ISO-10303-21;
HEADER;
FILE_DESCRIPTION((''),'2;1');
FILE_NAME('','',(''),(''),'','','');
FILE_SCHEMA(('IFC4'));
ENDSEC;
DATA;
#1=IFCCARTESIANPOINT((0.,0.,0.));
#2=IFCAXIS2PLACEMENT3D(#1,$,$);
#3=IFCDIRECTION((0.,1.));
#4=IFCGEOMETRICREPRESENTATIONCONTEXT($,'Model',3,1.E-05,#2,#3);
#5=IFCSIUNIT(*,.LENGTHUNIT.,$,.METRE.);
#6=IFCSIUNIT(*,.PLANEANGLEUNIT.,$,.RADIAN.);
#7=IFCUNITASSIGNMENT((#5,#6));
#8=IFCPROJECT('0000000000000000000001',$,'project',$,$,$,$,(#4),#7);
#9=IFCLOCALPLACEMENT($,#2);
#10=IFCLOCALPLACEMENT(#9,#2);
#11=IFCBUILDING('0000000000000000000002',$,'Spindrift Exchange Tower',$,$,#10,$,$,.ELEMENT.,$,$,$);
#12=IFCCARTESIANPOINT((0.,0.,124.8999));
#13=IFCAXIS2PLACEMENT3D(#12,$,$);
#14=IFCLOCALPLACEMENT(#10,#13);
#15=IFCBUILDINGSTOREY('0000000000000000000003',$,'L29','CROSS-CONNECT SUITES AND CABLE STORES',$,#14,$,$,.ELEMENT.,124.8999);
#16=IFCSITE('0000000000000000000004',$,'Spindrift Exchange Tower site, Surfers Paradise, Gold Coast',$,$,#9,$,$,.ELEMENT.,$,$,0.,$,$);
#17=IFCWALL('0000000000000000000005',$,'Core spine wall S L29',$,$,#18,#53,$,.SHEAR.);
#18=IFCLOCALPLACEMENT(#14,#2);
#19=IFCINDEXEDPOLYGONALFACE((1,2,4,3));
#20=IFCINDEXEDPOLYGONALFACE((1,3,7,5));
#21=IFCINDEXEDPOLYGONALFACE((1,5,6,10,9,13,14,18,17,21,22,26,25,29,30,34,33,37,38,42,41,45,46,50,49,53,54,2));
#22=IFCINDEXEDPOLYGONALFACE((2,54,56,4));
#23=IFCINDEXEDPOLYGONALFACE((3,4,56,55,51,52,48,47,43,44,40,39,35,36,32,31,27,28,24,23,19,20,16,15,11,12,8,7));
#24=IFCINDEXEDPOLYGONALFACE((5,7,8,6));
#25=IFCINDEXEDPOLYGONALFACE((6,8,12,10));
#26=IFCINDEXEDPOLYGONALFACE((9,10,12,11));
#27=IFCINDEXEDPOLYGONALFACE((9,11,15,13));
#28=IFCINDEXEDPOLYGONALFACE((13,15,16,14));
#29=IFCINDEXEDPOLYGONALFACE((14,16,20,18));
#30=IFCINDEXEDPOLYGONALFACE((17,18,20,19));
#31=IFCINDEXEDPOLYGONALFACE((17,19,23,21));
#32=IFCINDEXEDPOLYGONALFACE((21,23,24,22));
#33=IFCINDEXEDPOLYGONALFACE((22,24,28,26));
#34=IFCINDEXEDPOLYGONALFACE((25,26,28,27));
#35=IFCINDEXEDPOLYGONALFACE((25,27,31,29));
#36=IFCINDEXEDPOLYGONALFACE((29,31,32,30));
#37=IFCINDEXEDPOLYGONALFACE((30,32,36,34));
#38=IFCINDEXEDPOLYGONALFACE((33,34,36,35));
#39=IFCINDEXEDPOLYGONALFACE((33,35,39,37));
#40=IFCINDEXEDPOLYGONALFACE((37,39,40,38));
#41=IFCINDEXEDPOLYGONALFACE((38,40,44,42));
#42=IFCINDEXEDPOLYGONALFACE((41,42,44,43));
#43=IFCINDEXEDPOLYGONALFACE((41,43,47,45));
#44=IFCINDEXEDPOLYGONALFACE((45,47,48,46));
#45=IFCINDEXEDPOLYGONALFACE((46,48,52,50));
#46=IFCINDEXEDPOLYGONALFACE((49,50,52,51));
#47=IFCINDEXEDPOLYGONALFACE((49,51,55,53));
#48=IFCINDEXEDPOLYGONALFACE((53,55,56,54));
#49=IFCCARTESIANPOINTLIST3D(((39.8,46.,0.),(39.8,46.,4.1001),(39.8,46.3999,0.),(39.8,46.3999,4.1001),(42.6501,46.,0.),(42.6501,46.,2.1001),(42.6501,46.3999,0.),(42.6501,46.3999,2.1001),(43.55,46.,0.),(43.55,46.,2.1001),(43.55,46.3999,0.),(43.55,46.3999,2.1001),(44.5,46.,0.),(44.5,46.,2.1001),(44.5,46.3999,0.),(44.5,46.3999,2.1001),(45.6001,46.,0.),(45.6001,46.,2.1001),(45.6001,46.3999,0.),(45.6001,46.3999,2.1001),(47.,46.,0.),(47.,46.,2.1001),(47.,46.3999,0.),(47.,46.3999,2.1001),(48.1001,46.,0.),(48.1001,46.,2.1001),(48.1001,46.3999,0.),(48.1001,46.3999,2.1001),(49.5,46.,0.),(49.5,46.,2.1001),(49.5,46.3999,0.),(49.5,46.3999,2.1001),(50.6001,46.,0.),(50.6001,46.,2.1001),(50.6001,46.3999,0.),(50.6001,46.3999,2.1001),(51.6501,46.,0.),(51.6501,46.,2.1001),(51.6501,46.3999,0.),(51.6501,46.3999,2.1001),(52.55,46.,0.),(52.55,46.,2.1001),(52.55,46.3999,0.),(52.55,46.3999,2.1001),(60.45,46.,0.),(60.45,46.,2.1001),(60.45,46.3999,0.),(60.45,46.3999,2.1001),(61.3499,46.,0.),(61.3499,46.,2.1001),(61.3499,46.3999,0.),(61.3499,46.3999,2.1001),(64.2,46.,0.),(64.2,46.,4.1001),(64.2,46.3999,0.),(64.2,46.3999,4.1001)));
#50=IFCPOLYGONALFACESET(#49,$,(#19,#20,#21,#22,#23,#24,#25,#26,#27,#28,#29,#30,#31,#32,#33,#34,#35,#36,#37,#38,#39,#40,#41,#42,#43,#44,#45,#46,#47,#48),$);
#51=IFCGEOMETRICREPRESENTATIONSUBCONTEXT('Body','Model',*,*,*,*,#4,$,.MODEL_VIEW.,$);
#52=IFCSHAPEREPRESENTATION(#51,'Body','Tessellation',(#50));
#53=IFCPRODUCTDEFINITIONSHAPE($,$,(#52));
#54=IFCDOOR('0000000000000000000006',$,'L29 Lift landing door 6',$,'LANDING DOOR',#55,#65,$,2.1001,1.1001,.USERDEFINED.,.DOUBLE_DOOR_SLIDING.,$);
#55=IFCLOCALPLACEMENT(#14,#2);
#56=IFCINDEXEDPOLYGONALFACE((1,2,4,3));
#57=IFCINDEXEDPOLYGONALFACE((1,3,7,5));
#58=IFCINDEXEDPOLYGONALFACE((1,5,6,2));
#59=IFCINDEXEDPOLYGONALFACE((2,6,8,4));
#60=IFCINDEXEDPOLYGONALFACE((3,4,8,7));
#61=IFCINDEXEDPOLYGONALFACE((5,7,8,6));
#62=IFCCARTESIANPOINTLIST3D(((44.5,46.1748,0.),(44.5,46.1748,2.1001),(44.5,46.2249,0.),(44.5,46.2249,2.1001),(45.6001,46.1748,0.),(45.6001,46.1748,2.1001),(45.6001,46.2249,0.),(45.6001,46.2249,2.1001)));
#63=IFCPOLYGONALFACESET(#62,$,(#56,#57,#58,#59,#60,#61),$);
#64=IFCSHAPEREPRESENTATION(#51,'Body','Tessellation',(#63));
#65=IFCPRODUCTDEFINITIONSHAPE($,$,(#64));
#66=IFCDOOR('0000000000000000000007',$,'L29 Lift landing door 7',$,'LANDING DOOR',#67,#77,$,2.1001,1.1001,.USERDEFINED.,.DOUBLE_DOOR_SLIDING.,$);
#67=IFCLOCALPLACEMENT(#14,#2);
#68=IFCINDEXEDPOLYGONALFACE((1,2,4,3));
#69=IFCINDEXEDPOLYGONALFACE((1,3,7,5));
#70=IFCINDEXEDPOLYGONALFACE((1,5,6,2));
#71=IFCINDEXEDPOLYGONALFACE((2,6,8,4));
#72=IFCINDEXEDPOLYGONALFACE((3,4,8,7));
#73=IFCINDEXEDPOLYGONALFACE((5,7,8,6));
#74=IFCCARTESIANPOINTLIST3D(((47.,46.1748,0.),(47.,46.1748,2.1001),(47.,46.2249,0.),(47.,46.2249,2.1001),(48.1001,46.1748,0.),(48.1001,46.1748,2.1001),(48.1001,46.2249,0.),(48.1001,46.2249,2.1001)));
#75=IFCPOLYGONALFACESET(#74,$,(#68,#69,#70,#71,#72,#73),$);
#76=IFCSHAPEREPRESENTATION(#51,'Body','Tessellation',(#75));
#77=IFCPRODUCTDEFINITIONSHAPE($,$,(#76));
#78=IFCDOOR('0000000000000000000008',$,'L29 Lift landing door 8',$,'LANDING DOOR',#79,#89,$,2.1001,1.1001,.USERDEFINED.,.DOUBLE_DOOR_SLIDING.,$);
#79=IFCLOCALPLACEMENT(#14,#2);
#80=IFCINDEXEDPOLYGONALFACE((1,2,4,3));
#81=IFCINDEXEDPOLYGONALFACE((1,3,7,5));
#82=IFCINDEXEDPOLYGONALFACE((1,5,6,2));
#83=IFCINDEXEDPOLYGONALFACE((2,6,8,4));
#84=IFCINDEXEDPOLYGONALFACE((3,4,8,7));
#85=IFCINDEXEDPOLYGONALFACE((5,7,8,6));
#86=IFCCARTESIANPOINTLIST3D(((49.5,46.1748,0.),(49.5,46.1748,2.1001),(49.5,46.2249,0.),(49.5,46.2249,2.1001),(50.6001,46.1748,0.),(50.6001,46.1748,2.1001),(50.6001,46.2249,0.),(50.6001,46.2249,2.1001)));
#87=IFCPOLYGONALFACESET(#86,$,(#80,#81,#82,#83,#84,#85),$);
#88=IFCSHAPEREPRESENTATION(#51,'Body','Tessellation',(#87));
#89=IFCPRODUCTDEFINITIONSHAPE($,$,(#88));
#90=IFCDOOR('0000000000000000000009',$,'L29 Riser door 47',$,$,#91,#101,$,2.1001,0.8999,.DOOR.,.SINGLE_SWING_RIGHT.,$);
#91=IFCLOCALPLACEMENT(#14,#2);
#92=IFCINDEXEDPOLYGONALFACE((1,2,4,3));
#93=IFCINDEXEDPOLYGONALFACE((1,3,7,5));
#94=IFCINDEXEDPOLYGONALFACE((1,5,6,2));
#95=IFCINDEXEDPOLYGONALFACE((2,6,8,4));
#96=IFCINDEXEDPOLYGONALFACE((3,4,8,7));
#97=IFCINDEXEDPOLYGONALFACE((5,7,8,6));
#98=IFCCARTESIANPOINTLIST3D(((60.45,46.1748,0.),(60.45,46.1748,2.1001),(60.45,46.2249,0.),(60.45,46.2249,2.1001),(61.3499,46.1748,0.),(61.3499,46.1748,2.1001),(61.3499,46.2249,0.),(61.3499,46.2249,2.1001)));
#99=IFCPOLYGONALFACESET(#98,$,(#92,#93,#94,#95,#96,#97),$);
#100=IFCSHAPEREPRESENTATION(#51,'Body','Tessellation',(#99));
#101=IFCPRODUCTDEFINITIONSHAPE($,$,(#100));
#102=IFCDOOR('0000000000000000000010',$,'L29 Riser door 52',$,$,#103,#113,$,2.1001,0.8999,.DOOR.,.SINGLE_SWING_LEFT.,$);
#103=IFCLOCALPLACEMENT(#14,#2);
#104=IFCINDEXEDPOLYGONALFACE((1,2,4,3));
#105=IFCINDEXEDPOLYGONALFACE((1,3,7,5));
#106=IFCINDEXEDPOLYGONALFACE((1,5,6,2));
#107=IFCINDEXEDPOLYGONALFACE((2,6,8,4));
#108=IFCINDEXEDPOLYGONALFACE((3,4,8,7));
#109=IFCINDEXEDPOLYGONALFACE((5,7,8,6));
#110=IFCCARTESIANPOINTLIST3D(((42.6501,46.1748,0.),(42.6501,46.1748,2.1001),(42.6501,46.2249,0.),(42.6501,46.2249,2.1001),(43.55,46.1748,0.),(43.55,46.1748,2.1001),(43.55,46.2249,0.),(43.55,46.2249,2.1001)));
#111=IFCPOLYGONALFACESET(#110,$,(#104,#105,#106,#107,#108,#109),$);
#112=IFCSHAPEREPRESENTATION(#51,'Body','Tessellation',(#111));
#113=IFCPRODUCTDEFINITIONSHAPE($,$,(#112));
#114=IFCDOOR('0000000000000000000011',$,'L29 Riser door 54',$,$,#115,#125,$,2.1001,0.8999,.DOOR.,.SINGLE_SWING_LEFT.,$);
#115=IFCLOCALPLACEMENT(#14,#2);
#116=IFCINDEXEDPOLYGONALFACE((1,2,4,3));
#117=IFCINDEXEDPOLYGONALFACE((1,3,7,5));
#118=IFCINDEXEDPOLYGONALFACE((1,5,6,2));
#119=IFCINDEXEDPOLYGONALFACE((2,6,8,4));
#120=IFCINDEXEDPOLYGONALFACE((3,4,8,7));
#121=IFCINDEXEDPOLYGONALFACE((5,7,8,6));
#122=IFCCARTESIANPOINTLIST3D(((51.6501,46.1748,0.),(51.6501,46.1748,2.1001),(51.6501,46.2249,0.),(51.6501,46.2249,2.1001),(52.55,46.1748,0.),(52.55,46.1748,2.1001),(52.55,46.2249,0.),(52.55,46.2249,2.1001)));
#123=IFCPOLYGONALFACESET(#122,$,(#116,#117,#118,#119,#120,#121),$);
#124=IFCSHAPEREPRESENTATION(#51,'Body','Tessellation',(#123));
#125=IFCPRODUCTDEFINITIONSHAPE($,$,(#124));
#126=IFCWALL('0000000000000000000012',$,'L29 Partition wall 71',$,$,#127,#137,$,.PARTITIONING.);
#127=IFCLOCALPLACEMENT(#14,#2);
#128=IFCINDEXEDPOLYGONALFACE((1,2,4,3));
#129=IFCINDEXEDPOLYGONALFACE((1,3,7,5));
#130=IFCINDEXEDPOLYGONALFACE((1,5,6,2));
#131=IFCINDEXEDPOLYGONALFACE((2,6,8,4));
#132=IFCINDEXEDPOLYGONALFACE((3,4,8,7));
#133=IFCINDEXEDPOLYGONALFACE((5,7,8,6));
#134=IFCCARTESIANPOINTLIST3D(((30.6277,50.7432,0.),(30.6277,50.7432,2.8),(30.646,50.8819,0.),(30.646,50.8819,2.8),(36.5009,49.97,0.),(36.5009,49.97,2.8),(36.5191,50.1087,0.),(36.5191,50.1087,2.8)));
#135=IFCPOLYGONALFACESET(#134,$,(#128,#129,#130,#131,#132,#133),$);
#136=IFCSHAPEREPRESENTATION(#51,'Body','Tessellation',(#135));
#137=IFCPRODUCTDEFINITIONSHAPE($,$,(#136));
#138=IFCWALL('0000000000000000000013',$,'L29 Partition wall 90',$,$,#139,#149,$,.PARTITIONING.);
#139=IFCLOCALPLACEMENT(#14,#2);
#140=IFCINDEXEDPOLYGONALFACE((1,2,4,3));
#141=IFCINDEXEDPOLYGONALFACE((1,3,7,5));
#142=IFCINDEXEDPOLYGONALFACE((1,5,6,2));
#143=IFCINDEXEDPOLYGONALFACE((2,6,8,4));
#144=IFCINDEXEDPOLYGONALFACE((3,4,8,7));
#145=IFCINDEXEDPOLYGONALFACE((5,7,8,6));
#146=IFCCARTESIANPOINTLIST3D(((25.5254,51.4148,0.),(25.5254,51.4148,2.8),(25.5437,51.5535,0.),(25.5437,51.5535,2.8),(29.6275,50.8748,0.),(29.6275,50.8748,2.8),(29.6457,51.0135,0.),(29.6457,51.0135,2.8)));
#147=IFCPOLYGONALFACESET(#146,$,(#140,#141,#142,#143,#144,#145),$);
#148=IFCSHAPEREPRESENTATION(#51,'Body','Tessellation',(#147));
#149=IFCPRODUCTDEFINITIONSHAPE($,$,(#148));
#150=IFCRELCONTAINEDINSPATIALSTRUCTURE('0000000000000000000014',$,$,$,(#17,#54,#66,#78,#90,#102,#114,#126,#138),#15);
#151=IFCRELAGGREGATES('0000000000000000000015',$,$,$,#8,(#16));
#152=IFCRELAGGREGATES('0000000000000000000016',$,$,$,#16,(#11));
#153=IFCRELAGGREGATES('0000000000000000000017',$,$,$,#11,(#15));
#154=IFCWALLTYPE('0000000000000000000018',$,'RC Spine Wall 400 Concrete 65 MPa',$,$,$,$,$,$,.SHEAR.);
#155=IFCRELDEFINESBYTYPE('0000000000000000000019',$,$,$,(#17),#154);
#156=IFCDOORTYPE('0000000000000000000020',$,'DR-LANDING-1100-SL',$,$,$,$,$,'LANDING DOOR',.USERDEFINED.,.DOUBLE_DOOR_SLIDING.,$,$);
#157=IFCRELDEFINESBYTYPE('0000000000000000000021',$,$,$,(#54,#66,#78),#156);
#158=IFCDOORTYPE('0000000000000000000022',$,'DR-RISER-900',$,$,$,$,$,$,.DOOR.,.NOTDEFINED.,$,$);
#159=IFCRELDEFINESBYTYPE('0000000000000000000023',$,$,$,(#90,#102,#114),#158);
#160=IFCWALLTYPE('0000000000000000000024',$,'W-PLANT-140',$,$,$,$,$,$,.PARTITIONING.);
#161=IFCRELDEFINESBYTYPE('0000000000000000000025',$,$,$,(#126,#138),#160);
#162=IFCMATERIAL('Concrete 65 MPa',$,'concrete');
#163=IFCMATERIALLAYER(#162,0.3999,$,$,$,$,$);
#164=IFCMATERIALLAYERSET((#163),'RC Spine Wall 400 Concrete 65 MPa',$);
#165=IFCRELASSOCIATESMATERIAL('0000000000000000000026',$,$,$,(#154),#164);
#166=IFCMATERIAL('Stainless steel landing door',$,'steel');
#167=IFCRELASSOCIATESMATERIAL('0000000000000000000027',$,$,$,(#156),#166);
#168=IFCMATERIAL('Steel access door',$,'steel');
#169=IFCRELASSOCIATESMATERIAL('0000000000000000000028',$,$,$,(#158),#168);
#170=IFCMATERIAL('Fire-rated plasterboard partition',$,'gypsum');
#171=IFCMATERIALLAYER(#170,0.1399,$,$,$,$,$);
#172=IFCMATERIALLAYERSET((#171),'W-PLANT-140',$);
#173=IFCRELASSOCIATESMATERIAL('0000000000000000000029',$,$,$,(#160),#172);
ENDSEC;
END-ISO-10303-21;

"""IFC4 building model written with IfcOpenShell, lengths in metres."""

from ifc_helpers import new_model, si_unit, direction, frame, frame_2d, origin, place, context, subcontext, project, spatial, rectangle, extrude, source, transform, mapped, material, layer, layer_set, type_object, element, fill, save


model = new_model("IFC4")

# Units and contexts
model_context = context("Model", 3, precision=1e-05, world=origin(), true_north=direction((0.0, 1.0)))
body_context = subcontext(model_context, "Body", "Model", "MODEL_VIEW")
ifc_project = project(units=[si_unit("LENGTHUNIT", "METRE"), si_unit("PLANEANGLEUNIT", "RADIAN")], contexts=[model_context])

# Site, building, storey
site_placement = place(None, origin())
site = spatial("IfcSite", under=ifc_project, at=site_placement, Name="Spindrift Exchange Tower site, Surfers Paradise, Gold Coast", CompositionType="ELEMENT", RefElevation=0.0)
building_placement = place(site_placement, origin())
building = spatial("IfcBuilding", under=site, at=building_placement, Name="Spindrift Exchange Tower", CompositionType="ELEMENT")
storey_placement = place(building_placement, frame((0.0, 0.0, 124.8999)))
storey = spatial("IfcBuildingStorey", under=building, at=storey_placement, Name="L29", Description="CROSS-CONNECT SUITES AND CABLE STORES", CompositionType="ELEMENT", Elevation=124.8999)

# Shared definitions
ifc_material_1 = material(Name="Concrete 65 MPa", Category="concrete")

# Wall, openings, doors
ifc_layer_1 = layer(ifc_material_1, 0.3999)
ifc_layer_set_1 = layer_set([ifc_layer_1], Name="RC Spine Wall 400 Concrete 65 MPa")
wall_type_1 = type_object("IfcWallType", Name="RC Spine Wall 400 Concrete 65 MPa", PredefinedType="SHEAR", material=ifc_layer_set_1)
ifc_material_2 = material(Name="Stainless steel landing door", Category="steel")
door_type_1 = type_object("IfcDoorType", Name="DR-LANDING-1100-SL", ElementType="LANDING DOOR", OperationType="DOUBLE_DOOR_SLIDING", PredefinedType="USERDEFINED", material=ifc_material_2)
shared_shape_1 = source(origin(), body_context, "Body", "SweptSolid", [
    extrude(rectangle(XDim=1.1001, YDim=2.1001, at=frame_2d((0.55, 1.05))), frame((0.0, 0.0249, 0.0), z_axis=(0.0, -1.0, 0.0), x_axis=(1.0, 0.0, 0.0)), (0.0, 0.0, 1.0), 0.05),
])
ifc_material_3 = material(Name="Steel access door", Category="steel")
door_type_2 = type_object("IfcDoorType", Name="DR-RISER-900", OperationType="NOTDEFINED", PredefinedType="DOOR", material=ifc_material_3)
shared_shape_2 = source(origin(), body_context, "Body", "SweptSolid", [
    extrude(rectangle(XDim=0.8999, YDim=2.1001, at=frame_2d((0.45, 1.05))), frame((0.0, 0.0249, 0.0), z_axis=(0.0, -1.0, 0.0), x_axis=(1.0, 0.0, 0.0)), (0.0, 0.0, 1.0), 0.05),
])
wall_1_placement = place(storey_placement, frame((39.8, 46.2, 0.0), z_axis=(0.0, 0.0, 1.0), x_axis=(1.0, 0.0, 0.0)))
wall_1 = element("IfcWall", 1, at=wall_1_placement, inside=storey, type_object=wall_type_1, Name="Core spine wall S L29", PredefinedType="SHEAR", context=body_context, shape_type="SweptSolid", body=[
    extrude(rectangle(XDim=24.3999, YDim=0.3999, at=frame_2d((12.2, 0.0))), origin(), (0.0, 0.0, 1.0), 4.1001),
])
opening_1_placement = place(wall_1_placement, frame((4.7, 0.0, 0.0)))
opening_1 = element("IfcOpeningElement", 2, at=opening_1_placement, cuts=wall_1, PredefinedType="OPENING", context=body_context, shape_type="SweptSolid", body=[
    extrude(rectangle(XDim=1.1001, YDim=2.1001, at=frame_2d((0.55, 1.05))), frame((0.0, 0.21, 0.0), z_axis=(0.0, -1.0, 0.0), x_axis=(1.0, 0.0, 0.0)), (0.0, 0.0, 1.0), 0.4199),
])
opening_2_placement = place(wall_1_placement, frame((7.2, 0.0, 0.0)))
opening_2 = element("IfcOpeningElement", 3, at=opening_2_placement, cuts=wall_1, PredefinedType="OPENING", context=body_context, shape_type="SweptSolid", body=[
    extrude(rectangle(XDim=1.1001, YDim=2.1001, at=frame_2d((0.55, 1.05))), frame((0.0, 0.21, 0.0), z_axis=(0.0, -1.0, 0.0), x_axis=(1.0, 0.0, 0.0)), (0.0, 0.0, 1.0), 0.4199),
])
opening_3_placement = place(wall_1_placement, frame((9.7, 0.0, 0.0)))
opening_3 = element("IfcOpeningElement", 4, at=opening_3_placement, cuts=wall_1, PredefinedType="OPENING", context=body_context, shape_type="SweptSolid", body=[
    extrude(rectangle(XDim=1.1001, YDim=2.1001, at=frame_2d((0.55, 1.05))), frame((0.0, 0.21, 0.0), z_axis=(0.0, -1.0, 0.0), x_axis=(1.0, 0.0, 0.0)), (0.0, 0.0, 1.0), 0.4199),
])
opening_4_placement = place(wall_1_placement, frame((20.6499, 0.0, 0.0)))
opening_4 = element("IfcOpeningElement", 5, at=opening_4_placement, cuts=wall_1, PredefinedType="OPENING", context=body_context, shape_type="SweptSolid", body=[
    extrude(rectangle(XDim=0.8999, YDim=2.1001, at=frame_2d((0.45, 1.05))), frame((0.0, 0.21, 0.0), z_axis=(0.0, -1.0, 0.0), x_axis=(1.0, 0.0, 0.0)), (0.0, 0.0, 1.0), 0.4199),
])
opening_5_placement = place(wall_1_placement, frame((2.8501, 0.0, 0.0)))
opening_5 = element("IfcOpeningElement", 6, at=opening_5_placement, cuts=wall_1, PredefinedType="OPENING", context=body_context, shape_type="SweptSolid", body=[
    extrude(rectangle(XDim=0.8999, YDim=2.1001, at=frame_2d((0.45, 1.05))), frame((0.0, 0.21, 0.0), z_axis=(0.0, -1.0, 0.0), x_axis=(1.0, 0.0, 0.0)), (0.0, 0.0, 1.0), 0.4199),
])
opening_6_placement = place(wall_1_placement, frame((11.8501, 0.0, 0.0)))
opening_6 = element("IfcOpeningElement", 7, at=opening_6_placement, cuts=wall_1, PredefinedType="OPENING", context=body_context, shape_type="SweptSolid", body=[
    extrude(rectangle(XDim=0.8999, YDim=2.1001, at=frame_2d((0.45, 1.05))), frame((0.0, 0.21, 0.0), z_axis=(0.0, -1.0, 0.0), x_axis=(1.0, 0.0, 0.0)), (0.0, 0.0, 1.0), 0.4199),
])
door_1_placement = place(opening_1_placement, origin())
door_1 = element("IfcDoor", 8, at=door_1_placement, inside=storey, type_object=door_type_1, Name="L29 Lift landing door 6", ObjectType="LANDING DOOR", OperationType="DOUBLE_DOOR_SLIDING", OverallHeight=2.1001, OverallWidth=1.1001, PredefinedType="USERDEFINED", context=body_context, shape_type="MappedRepresentation", body=[
    mapped(shared_shape_1, transform((0.0, 0.0, 0.0), scale=1.0)),
])
fill(opening_1, door_1)
door_2_placement = place(opening_2_placement, origin())
door_2 = element("IfcDoor", 9, at=door_2_placement, inside=storey, type_object=door_type_1, Name="L29 Lift landing door 7", ObjectType="LANDING DOOR", OperationType="DOUBLE_DOOR_SLIDING", OverallHeight=2.1001, OverallWidth=1.1001, PredefinedType="USERDEFINED", context=body_context, shape_type="MappedRepresentation", body=[
    mapped(shared_shape_1, transform((0.0, 0.0, 0.0), scale=1.0)),
])
fill(opening_2, door_2)
door_3_placement = place(opening_3_placement, origin())
door_3 = element("IfcDoor", 10, at=door_3_placement, inside=storey, type_object=door_type_1, Name="L29 Lift landing door 8", ObjectType="LANDING DOOR", OperationType="DOUBLE_DOOR_SLIDING", OverallHeight=2.1001, OverallWidth=1.1001, PredefinedType="USERDEFINED", context=body_context, shape_type="MappedRepresentation", body=[
    mapped(shared_shape_1, transform((0.0, 0.0, 0.0), scale=1.0)),
])
fill(opening_3, door_3)
door_4_placement = place(opening_4_placement, origin())
door_4 = element("IfcDoor", 11, at=door_4_placement, inside=storey, type_object=door_type_2, Name="L29 Riser door 47", OperationType="SINGLE_SWING_RIGHT", OverallHeight=2.1001, OverallWidth=0.8999, PredefinedType="DOOR", context=body_context, shape_type="MappedRepresentation", body=[
    mapped(shared_shape_2, transform((0.0, 0.0, 0.0), scale=1.0)),
])
fill(opening_4, door_4)
door_5_placement = place(opening_5_placement, origin())
door_5 = element("IfcDoor", 12, at=door_5_placement, inside=storey, type_object=door_type_2, Name="L29 Riser door 52", OperationType="SINGLE_SWING_LEFT", OverallHeight=2.1001, OverallWidth=0.8999, PredefinedType="DOOR", context=body_context, shape_type="MappedRepresentation", body=[
    mapped(shared_shape_2, transform((0.0, 0.0, 0.0), scale=1.0)),
])
fill(opening_5, door_5)
door_6_placement = place(opening_6_placement, origin())
door_6 = element("IfcDoor", 13, at=door_6_placement, inside=storey, type_object=door_type_2, Name="L29 Riser door 54", OperationType="SINGLE_SWING_LEFT", OverallHeight=2.1001, OverallWidth=0.8999, PredefinedType="DOOR", context=body_context, shape_type="MappedRepresentation", body=[
    mapped(shared_shape_2, transform((0.0, 0.0, 0.0), scale=1.0)),
])
fill(opening_6, door_6)

# Walls
ifc_material_4 = material(Name="Fire-rated plasterboard partition", Category="gypsum")
ifc_layer_2 = layer(ifc_material_4, 0.1399)
ifc_layer_set_2 = layer_set([ifc_layer_2], Name="W-PLANT-140")
wall_type_2 = type_object("IfcWallType", Name="W-PLANT-140", PredefinedType="PARTITIONING", material=ifc_layer_set_2)
wall_2_placement = place(storey_placement, frame((36.51, 50.0393, 0.0), z_axis=(0.0, 0.0, 1.0), x_axis=(-0.991445, 0.130525, 0.0)))
element("IfcWall", 14, at=wall_2_placement, inside=storey, type_object=wall_type_2, Name="L29 Partition wall 71", PredefinedType="PARTITIONING", context=body_context, shape_type="SweptSolid", body=[
    extrude(rectangle(XDim=5.9238, YDim=0.1399, at=frame_2d((2.9619, 0.0))), origin(), (0.0, 0.0, 1.0), 2.8),
])
wall_3_placement = place(storey_placement, frame((29.6367, 50.9441, 0.0), z_axis=(0.0, 0.0, 1.0), x_axis=(-0.991445, 0.130525, 0.0)))
element("IfcWall", 15, at=wall_3_placement, inside=storey, type_object=wall_type_2, Name="L29 Partition wall 90", PredefinedType="PARTITIONING", context=body_context, shape_type="SweptSolid", body=[
    extrude(rectangle(XDim=4.1375, YDim=0.1399, at=frame_2d((2.0688, 0.0))), origin(), (0.0, 0.0, 1.0), 2.8),
])

save(model, "model.ifc")
